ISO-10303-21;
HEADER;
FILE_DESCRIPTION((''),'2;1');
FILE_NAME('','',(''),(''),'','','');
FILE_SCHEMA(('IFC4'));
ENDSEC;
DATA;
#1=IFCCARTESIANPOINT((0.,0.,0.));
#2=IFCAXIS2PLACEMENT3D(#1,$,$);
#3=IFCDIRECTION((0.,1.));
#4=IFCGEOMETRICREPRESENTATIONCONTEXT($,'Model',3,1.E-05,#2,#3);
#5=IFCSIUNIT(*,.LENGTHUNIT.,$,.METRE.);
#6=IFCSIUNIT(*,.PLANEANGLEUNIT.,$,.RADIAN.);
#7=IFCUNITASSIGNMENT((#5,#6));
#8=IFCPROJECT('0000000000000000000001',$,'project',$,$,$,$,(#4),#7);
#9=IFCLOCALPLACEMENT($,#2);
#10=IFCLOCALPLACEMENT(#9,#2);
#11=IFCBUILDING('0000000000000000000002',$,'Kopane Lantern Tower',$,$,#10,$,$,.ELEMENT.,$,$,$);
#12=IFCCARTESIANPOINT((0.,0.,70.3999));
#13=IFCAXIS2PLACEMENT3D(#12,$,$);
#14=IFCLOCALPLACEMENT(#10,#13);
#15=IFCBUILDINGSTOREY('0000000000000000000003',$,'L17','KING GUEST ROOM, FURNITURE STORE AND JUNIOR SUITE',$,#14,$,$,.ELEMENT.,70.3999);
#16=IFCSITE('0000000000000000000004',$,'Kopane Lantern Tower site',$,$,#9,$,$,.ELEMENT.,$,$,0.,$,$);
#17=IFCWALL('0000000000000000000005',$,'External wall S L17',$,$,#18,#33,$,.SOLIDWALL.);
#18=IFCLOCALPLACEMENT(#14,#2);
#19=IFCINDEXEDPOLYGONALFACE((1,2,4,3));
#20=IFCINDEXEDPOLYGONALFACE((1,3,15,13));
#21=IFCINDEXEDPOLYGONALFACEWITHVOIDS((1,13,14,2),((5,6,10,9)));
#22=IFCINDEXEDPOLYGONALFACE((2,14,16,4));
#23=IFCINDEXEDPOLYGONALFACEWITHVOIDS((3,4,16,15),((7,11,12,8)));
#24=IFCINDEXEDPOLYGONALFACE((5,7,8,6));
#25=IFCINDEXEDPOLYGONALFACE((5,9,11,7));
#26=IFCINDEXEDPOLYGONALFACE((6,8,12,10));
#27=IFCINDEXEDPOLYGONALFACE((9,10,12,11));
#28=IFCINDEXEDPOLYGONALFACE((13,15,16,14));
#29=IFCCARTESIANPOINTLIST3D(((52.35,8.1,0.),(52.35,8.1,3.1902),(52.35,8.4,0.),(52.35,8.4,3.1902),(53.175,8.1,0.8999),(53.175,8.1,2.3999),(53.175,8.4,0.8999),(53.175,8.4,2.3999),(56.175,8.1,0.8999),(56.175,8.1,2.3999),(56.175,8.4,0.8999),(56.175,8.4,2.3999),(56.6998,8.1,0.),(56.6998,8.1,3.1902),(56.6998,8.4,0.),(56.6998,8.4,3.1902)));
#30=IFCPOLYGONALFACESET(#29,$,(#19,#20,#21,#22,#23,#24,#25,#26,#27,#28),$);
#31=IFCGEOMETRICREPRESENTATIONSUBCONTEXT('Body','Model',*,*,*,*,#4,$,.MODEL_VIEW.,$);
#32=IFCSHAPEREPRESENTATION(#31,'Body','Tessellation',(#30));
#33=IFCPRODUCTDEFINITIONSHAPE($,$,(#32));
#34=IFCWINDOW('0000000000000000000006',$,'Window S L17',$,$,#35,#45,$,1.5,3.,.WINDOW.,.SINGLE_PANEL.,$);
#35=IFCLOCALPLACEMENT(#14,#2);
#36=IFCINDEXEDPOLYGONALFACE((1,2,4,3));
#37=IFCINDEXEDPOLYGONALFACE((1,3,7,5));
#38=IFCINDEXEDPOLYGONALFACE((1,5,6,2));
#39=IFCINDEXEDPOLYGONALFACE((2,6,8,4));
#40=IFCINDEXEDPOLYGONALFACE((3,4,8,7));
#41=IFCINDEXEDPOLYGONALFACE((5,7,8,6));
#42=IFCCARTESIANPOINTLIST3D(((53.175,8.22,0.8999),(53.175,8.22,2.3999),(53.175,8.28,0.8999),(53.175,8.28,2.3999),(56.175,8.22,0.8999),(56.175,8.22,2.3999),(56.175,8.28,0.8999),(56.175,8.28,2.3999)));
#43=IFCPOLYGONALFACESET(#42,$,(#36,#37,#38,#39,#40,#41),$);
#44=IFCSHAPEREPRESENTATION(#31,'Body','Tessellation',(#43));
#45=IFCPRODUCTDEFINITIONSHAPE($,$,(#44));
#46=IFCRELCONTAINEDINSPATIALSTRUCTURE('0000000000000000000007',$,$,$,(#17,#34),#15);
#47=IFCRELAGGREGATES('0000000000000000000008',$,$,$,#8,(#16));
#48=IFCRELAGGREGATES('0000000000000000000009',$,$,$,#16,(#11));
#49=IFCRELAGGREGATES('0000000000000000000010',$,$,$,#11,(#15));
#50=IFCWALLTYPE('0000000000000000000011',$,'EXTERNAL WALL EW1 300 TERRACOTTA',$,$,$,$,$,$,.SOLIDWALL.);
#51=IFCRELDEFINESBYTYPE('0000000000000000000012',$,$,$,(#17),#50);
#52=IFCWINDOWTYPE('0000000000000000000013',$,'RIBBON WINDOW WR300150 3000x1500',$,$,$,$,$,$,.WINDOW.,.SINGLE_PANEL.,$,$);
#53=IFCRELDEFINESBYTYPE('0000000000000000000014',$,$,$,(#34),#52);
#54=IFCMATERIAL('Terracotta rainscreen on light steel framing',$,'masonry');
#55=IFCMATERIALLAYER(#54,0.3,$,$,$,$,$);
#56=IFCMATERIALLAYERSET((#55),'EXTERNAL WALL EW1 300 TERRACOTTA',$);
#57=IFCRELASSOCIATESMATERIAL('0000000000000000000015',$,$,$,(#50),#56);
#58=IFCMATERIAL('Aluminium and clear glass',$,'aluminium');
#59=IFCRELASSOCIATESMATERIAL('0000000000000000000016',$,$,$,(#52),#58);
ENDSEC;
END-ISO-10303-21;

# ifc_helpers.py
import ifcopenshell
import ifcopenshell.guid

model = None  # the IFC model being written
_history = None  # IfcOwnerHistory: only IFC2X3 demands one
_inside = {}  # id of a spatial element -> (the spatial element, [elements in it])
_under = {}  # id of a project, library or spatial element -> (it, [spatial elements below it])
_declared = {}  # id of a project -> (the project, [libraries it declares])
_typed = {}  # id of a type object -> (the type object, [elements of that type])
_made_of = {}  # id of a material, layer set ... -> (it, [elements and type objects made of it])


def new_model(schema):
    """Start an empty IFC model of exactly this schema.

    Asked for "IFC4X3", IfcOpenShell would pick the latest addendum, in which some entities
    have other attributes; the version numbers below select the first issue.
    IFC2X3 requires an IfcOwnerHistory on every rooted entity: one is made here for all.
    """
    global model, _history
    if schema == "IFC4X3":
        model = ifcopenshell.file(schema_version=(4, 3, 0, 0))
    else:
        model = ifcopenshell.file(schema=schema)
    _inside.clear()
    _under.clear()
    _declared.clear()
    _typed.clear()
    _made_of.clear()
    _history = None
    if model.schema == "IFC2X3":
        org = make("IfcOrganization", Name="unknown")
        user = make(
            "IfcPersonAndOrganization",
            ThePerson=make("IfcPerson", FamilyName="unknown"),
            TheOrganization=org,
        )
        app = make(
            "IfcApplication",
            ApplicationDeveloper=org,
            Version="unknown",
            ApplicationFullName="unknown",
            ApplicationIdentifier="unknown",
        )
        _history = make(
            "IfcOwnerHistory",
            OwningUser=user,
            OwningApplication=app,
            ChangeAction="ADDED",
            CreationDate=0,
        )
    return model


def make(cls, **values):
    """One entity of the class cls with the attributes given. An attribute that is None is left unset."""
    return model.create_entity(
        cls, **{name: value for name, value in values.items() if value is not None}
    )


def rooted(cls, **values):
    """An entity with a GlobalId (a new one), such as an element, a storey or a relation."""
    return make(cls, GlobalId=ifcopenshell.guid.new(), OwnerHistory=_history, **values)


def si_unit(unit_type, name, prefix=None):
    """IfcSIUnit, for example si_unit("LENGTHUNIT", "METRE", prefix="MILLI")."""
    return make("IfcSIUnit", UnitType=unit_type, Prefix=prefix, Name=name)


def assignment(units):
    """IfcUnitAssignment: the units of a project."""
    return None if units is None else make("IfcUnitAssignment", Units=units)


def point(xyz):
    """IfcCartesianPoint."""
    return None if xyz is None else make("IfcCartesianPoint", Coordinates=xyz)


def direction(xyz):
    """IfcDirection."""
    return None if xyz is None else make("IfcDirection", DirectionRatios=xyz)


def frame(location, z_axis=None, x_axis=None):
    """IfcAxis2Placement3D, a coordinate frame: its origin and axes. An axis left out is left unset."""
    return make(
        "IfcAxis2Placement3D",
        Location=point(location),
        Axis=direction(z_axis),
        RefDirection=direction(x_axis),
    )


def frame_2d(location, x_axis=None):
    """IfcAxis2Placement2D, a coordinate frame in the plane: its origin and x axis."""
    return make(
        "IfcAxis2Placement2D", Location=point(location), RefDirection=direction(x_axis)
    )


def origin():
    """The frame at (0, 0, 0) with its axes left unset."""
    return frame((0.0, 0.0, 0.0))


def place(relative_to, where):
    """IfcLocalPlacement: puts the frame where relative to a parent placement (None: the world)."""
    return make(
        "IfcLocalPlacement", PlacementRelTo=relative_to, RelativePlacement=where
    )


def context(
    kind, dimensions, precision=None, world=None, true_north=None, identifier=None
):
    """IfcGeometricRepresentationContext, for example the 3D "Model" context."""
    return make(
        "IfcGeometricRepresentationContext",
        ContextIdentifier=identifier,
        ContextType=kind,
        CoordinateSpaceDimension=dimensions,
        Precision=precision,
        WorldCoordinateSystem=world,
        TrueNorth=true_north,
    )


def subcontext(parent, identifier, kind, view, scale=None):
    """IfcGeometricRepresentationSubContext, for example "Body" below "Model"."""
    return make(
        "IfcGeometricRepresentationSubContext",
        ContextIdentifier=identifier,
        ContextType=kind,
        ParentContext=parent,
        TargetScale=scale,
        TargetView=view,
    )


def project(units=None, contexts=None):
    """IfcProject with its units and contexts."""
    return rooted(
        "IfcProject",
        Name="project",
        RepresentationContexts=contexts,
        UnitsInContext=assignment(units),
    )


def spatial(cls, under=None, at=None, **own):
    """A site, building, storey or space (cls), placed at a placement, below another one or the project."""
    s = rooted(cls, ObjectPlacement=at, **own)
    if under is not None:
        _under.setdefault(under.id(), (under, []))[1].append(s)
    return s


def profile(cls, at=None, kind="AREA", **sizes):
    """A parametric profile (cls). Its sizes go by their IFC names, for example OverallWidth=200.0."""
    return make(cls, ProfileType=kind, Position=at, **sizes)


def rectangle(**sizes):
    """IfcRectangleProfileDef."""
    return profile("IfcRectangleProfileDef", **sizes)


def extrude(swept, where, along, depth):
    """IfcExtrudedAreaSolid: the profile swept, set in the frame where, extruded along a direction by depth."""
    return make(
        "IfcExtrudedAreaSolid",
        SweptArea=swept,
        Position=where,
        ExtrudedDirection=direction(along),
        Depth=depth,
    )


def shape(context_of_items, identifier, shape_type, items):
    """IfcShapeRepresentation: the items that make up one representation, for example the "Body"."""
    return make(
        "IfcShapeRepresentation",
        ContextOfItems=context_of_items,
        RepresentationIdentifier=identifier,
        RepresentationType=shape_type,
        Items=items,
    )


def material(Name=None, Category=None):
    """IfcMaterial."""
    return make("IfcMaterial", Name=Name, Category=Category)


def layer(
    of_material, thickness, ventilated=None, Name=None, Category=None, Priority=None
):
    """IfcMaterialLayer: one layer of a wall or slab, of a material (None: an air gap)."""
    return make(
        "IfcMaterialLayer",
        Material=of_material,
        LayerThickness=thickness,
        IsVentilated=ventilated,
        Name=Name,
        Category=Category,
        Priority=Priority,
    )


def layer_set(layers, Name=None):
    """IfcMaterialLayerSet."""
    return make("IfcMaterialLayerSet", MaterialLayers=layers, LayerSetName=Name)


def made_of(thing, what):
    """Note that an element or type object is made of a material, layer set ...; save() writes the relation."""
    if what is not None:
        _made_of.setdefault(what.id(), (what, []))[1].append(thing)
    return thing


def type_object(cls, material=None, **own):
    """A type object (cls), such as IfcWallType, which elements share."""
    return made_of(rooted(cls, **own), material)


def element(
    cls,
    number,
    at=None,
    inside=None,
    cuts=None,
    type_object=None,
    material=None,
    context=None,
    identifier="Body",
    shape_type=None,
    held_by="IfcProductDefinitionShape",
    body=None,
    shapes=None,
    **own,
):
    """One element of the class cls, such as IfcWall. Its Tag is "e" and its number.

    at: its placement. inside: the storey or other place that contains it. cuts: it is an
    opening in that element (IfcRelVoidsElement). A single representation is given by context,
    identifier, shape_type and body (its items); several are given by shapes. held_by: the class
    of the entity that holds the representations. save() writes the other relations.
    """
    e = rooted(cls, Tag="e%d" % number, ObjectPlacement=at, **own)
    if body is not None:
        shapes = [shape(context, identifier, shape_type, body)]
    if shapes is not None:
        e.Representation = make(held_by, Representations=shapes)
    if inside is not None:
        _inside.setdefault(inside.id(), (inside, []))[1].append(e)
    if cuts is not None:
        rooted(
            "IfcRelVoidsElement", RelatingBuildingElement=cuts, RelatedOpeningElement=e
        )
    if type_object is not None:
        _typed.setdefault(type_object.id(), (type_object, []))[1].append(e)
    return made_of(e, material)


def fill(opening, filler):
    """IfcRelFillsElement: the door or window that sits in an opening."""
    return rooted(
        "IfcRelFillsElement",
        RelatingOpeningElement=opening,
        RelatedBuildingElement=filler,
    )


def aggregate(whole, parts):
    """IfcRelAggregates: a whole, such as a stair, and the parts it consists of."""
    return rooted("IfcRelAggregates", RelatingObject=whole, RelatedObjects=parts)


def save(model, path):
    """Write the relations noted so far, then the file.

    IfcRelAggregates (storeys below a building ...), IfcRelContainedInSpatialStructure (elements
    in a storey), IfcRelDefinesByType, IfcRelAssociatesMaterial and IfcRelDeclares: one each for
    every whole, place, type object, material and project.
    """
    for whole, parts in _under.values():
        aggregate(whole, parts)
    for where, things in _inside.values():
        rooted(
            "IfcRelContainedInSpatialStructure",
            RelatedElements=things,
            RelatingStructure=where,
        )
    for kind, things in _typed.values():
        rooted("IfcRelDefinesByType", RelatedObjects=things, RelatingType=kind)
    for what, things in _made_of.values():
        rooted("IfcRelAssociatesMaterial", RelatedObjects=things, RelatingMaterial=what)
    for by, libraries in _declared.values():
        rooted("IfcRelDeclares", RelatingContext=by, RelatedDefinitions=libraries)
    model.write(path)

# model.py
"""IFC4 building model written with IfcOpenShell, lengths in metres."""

from ifc_helpers import new_model, si_unit, direction, frame, frame_2d, origin, place, context, subcontext, project, spatial, rectangle, extrude, material, layer, layer_set, type_object, element, fill, save


model = new_model("IFC4")

# Units and contexts
model_context = context("Model", 3, precision=1e-05, world=origin(), true_north=direction((0.0, 1.0)))
body_context = subcontext(model_context, "Body", "Model", "MODEL_VIEW")
ifc_project = project(units=[si_unit("LENGTHUNIT", "METRE"), si_unit("PLANEANGLEUNIT", "RADIAN")], contexts=[model_context])

# Site, building, storey
site_placement = place(None, origin())
site = spatial("IfcSite", under=ifc_project, at=site_placement, Name="Kopane Lantern Tower site", CompositionType="ELEMENT", RefElevation=0.0)
building_placement = place(site_placement, origin())
building = spatial("IfcBuilding", under=site, at=building_placement, Name="Kopane Lantern Tower", CompositionType="ELEMENT")
storey_placement = place(building_placement, frame((0.0, 0.0, 70.3999)))
storey = spatial("IfcBuildingStorey", under=building, at=storey_placement, Name="L17", Description="KING GUEST ROOM, FURNITURE STORE AND JUNIOR SUITE", CompositionType="ELEMENT", Elevation=70.3999)

# Wall, opening, window
ifc_material_1 = material(Name="Terracotta rainscreen on light steel framing", Category="masonry")
ifc_layer = layer(ifc_material_1, 0.3)
ifc_layer_set = layer_set([ifc_layer], Name="EXTERNAL WALL EW1 300 TERRACOTTA")
wall_type = type_object("IfcWallType", Name="EXTERNAL WALL EW1 300 TERRACOTTA", PredefinedType="SOLIDWALL", material=ifc_layer_set)
ifc_material_2 = material(Name="Aluminium and clear glass", Category="aluminium")
window_type_1 = type_object("IfcWindowType", Name="RIBBON WINDOW WR300150 3000x1500", PartitioningType="SINGLE_PANEL", PredefinedType="WINDOW", material=ifc_material_2)
wall_1_placement = place(storey_placement, frame((52.3501, 8.25, 0.0), z_axis=(0.0, 0.0, 1.0), x_axis=(1.0, 0.0, 0.0)))
wall_1 = element("IfcWall", 1, at=wall_1_placement, inside=storey, type_object=wall_type, Name="External wall S L17", PredefinedType="SOLIDWALL", context=body_context, shape_type="SweptSolid", body=[
    extrude(rectangle(XDim=4.3499, YDim=0.3, at=frame_2d((2.1748, 0.0))), origin(), (0.0, 0.0, 1.0), 3.1902),
])
opening_1_placement = place(wall_1_placement, frame((0.825, 0.0, 0.8999)))
opening_1 = element("IfcOpeningElement", 2, at=opening_1_placement, cuts=wall_1, PredefinedType="OPENING", context=body_context, shape_type="SweptSolid", body=[
    extrude(rectangle(XDim=3.0, YDim=1.5, at=frame_2d((1.5, 0.75))), frame((0.0, 0.1599, 0.0), z_axis=(0.0, -1.0, 0.0), x_axis=(1.0, 0.0, 0.0)), (0.0, 0.0, 1.0), 0.3201),
])
window_1_placement = place(opening_1_placement, origin())
window_1 = element("IfcWindow", 3, at=window_1_placement, inside=storey, type_object=window_type_1, Name="Window S L17", OverallHeight=1.5, OverallWidth=3.0, PartitioningType="SINGLE_PANEL", PredefinedType="WINDOW", context=body_context, shape_type="SweptSolid", body=[
    extrude(rectangle(XDim=3.0, YDim=1.5, at=frame_2d((1.5, 0.75))), frame((0.0, 0.03, 0.0), z_axis=(0.0, -1.0, 0.0), x_axis=(1.0, 0.0, 0.0)), (0.0, 0.0, 1.0), 0.0601),
])
fill(opening_1, window_1)

save(model, "model.ifc")
